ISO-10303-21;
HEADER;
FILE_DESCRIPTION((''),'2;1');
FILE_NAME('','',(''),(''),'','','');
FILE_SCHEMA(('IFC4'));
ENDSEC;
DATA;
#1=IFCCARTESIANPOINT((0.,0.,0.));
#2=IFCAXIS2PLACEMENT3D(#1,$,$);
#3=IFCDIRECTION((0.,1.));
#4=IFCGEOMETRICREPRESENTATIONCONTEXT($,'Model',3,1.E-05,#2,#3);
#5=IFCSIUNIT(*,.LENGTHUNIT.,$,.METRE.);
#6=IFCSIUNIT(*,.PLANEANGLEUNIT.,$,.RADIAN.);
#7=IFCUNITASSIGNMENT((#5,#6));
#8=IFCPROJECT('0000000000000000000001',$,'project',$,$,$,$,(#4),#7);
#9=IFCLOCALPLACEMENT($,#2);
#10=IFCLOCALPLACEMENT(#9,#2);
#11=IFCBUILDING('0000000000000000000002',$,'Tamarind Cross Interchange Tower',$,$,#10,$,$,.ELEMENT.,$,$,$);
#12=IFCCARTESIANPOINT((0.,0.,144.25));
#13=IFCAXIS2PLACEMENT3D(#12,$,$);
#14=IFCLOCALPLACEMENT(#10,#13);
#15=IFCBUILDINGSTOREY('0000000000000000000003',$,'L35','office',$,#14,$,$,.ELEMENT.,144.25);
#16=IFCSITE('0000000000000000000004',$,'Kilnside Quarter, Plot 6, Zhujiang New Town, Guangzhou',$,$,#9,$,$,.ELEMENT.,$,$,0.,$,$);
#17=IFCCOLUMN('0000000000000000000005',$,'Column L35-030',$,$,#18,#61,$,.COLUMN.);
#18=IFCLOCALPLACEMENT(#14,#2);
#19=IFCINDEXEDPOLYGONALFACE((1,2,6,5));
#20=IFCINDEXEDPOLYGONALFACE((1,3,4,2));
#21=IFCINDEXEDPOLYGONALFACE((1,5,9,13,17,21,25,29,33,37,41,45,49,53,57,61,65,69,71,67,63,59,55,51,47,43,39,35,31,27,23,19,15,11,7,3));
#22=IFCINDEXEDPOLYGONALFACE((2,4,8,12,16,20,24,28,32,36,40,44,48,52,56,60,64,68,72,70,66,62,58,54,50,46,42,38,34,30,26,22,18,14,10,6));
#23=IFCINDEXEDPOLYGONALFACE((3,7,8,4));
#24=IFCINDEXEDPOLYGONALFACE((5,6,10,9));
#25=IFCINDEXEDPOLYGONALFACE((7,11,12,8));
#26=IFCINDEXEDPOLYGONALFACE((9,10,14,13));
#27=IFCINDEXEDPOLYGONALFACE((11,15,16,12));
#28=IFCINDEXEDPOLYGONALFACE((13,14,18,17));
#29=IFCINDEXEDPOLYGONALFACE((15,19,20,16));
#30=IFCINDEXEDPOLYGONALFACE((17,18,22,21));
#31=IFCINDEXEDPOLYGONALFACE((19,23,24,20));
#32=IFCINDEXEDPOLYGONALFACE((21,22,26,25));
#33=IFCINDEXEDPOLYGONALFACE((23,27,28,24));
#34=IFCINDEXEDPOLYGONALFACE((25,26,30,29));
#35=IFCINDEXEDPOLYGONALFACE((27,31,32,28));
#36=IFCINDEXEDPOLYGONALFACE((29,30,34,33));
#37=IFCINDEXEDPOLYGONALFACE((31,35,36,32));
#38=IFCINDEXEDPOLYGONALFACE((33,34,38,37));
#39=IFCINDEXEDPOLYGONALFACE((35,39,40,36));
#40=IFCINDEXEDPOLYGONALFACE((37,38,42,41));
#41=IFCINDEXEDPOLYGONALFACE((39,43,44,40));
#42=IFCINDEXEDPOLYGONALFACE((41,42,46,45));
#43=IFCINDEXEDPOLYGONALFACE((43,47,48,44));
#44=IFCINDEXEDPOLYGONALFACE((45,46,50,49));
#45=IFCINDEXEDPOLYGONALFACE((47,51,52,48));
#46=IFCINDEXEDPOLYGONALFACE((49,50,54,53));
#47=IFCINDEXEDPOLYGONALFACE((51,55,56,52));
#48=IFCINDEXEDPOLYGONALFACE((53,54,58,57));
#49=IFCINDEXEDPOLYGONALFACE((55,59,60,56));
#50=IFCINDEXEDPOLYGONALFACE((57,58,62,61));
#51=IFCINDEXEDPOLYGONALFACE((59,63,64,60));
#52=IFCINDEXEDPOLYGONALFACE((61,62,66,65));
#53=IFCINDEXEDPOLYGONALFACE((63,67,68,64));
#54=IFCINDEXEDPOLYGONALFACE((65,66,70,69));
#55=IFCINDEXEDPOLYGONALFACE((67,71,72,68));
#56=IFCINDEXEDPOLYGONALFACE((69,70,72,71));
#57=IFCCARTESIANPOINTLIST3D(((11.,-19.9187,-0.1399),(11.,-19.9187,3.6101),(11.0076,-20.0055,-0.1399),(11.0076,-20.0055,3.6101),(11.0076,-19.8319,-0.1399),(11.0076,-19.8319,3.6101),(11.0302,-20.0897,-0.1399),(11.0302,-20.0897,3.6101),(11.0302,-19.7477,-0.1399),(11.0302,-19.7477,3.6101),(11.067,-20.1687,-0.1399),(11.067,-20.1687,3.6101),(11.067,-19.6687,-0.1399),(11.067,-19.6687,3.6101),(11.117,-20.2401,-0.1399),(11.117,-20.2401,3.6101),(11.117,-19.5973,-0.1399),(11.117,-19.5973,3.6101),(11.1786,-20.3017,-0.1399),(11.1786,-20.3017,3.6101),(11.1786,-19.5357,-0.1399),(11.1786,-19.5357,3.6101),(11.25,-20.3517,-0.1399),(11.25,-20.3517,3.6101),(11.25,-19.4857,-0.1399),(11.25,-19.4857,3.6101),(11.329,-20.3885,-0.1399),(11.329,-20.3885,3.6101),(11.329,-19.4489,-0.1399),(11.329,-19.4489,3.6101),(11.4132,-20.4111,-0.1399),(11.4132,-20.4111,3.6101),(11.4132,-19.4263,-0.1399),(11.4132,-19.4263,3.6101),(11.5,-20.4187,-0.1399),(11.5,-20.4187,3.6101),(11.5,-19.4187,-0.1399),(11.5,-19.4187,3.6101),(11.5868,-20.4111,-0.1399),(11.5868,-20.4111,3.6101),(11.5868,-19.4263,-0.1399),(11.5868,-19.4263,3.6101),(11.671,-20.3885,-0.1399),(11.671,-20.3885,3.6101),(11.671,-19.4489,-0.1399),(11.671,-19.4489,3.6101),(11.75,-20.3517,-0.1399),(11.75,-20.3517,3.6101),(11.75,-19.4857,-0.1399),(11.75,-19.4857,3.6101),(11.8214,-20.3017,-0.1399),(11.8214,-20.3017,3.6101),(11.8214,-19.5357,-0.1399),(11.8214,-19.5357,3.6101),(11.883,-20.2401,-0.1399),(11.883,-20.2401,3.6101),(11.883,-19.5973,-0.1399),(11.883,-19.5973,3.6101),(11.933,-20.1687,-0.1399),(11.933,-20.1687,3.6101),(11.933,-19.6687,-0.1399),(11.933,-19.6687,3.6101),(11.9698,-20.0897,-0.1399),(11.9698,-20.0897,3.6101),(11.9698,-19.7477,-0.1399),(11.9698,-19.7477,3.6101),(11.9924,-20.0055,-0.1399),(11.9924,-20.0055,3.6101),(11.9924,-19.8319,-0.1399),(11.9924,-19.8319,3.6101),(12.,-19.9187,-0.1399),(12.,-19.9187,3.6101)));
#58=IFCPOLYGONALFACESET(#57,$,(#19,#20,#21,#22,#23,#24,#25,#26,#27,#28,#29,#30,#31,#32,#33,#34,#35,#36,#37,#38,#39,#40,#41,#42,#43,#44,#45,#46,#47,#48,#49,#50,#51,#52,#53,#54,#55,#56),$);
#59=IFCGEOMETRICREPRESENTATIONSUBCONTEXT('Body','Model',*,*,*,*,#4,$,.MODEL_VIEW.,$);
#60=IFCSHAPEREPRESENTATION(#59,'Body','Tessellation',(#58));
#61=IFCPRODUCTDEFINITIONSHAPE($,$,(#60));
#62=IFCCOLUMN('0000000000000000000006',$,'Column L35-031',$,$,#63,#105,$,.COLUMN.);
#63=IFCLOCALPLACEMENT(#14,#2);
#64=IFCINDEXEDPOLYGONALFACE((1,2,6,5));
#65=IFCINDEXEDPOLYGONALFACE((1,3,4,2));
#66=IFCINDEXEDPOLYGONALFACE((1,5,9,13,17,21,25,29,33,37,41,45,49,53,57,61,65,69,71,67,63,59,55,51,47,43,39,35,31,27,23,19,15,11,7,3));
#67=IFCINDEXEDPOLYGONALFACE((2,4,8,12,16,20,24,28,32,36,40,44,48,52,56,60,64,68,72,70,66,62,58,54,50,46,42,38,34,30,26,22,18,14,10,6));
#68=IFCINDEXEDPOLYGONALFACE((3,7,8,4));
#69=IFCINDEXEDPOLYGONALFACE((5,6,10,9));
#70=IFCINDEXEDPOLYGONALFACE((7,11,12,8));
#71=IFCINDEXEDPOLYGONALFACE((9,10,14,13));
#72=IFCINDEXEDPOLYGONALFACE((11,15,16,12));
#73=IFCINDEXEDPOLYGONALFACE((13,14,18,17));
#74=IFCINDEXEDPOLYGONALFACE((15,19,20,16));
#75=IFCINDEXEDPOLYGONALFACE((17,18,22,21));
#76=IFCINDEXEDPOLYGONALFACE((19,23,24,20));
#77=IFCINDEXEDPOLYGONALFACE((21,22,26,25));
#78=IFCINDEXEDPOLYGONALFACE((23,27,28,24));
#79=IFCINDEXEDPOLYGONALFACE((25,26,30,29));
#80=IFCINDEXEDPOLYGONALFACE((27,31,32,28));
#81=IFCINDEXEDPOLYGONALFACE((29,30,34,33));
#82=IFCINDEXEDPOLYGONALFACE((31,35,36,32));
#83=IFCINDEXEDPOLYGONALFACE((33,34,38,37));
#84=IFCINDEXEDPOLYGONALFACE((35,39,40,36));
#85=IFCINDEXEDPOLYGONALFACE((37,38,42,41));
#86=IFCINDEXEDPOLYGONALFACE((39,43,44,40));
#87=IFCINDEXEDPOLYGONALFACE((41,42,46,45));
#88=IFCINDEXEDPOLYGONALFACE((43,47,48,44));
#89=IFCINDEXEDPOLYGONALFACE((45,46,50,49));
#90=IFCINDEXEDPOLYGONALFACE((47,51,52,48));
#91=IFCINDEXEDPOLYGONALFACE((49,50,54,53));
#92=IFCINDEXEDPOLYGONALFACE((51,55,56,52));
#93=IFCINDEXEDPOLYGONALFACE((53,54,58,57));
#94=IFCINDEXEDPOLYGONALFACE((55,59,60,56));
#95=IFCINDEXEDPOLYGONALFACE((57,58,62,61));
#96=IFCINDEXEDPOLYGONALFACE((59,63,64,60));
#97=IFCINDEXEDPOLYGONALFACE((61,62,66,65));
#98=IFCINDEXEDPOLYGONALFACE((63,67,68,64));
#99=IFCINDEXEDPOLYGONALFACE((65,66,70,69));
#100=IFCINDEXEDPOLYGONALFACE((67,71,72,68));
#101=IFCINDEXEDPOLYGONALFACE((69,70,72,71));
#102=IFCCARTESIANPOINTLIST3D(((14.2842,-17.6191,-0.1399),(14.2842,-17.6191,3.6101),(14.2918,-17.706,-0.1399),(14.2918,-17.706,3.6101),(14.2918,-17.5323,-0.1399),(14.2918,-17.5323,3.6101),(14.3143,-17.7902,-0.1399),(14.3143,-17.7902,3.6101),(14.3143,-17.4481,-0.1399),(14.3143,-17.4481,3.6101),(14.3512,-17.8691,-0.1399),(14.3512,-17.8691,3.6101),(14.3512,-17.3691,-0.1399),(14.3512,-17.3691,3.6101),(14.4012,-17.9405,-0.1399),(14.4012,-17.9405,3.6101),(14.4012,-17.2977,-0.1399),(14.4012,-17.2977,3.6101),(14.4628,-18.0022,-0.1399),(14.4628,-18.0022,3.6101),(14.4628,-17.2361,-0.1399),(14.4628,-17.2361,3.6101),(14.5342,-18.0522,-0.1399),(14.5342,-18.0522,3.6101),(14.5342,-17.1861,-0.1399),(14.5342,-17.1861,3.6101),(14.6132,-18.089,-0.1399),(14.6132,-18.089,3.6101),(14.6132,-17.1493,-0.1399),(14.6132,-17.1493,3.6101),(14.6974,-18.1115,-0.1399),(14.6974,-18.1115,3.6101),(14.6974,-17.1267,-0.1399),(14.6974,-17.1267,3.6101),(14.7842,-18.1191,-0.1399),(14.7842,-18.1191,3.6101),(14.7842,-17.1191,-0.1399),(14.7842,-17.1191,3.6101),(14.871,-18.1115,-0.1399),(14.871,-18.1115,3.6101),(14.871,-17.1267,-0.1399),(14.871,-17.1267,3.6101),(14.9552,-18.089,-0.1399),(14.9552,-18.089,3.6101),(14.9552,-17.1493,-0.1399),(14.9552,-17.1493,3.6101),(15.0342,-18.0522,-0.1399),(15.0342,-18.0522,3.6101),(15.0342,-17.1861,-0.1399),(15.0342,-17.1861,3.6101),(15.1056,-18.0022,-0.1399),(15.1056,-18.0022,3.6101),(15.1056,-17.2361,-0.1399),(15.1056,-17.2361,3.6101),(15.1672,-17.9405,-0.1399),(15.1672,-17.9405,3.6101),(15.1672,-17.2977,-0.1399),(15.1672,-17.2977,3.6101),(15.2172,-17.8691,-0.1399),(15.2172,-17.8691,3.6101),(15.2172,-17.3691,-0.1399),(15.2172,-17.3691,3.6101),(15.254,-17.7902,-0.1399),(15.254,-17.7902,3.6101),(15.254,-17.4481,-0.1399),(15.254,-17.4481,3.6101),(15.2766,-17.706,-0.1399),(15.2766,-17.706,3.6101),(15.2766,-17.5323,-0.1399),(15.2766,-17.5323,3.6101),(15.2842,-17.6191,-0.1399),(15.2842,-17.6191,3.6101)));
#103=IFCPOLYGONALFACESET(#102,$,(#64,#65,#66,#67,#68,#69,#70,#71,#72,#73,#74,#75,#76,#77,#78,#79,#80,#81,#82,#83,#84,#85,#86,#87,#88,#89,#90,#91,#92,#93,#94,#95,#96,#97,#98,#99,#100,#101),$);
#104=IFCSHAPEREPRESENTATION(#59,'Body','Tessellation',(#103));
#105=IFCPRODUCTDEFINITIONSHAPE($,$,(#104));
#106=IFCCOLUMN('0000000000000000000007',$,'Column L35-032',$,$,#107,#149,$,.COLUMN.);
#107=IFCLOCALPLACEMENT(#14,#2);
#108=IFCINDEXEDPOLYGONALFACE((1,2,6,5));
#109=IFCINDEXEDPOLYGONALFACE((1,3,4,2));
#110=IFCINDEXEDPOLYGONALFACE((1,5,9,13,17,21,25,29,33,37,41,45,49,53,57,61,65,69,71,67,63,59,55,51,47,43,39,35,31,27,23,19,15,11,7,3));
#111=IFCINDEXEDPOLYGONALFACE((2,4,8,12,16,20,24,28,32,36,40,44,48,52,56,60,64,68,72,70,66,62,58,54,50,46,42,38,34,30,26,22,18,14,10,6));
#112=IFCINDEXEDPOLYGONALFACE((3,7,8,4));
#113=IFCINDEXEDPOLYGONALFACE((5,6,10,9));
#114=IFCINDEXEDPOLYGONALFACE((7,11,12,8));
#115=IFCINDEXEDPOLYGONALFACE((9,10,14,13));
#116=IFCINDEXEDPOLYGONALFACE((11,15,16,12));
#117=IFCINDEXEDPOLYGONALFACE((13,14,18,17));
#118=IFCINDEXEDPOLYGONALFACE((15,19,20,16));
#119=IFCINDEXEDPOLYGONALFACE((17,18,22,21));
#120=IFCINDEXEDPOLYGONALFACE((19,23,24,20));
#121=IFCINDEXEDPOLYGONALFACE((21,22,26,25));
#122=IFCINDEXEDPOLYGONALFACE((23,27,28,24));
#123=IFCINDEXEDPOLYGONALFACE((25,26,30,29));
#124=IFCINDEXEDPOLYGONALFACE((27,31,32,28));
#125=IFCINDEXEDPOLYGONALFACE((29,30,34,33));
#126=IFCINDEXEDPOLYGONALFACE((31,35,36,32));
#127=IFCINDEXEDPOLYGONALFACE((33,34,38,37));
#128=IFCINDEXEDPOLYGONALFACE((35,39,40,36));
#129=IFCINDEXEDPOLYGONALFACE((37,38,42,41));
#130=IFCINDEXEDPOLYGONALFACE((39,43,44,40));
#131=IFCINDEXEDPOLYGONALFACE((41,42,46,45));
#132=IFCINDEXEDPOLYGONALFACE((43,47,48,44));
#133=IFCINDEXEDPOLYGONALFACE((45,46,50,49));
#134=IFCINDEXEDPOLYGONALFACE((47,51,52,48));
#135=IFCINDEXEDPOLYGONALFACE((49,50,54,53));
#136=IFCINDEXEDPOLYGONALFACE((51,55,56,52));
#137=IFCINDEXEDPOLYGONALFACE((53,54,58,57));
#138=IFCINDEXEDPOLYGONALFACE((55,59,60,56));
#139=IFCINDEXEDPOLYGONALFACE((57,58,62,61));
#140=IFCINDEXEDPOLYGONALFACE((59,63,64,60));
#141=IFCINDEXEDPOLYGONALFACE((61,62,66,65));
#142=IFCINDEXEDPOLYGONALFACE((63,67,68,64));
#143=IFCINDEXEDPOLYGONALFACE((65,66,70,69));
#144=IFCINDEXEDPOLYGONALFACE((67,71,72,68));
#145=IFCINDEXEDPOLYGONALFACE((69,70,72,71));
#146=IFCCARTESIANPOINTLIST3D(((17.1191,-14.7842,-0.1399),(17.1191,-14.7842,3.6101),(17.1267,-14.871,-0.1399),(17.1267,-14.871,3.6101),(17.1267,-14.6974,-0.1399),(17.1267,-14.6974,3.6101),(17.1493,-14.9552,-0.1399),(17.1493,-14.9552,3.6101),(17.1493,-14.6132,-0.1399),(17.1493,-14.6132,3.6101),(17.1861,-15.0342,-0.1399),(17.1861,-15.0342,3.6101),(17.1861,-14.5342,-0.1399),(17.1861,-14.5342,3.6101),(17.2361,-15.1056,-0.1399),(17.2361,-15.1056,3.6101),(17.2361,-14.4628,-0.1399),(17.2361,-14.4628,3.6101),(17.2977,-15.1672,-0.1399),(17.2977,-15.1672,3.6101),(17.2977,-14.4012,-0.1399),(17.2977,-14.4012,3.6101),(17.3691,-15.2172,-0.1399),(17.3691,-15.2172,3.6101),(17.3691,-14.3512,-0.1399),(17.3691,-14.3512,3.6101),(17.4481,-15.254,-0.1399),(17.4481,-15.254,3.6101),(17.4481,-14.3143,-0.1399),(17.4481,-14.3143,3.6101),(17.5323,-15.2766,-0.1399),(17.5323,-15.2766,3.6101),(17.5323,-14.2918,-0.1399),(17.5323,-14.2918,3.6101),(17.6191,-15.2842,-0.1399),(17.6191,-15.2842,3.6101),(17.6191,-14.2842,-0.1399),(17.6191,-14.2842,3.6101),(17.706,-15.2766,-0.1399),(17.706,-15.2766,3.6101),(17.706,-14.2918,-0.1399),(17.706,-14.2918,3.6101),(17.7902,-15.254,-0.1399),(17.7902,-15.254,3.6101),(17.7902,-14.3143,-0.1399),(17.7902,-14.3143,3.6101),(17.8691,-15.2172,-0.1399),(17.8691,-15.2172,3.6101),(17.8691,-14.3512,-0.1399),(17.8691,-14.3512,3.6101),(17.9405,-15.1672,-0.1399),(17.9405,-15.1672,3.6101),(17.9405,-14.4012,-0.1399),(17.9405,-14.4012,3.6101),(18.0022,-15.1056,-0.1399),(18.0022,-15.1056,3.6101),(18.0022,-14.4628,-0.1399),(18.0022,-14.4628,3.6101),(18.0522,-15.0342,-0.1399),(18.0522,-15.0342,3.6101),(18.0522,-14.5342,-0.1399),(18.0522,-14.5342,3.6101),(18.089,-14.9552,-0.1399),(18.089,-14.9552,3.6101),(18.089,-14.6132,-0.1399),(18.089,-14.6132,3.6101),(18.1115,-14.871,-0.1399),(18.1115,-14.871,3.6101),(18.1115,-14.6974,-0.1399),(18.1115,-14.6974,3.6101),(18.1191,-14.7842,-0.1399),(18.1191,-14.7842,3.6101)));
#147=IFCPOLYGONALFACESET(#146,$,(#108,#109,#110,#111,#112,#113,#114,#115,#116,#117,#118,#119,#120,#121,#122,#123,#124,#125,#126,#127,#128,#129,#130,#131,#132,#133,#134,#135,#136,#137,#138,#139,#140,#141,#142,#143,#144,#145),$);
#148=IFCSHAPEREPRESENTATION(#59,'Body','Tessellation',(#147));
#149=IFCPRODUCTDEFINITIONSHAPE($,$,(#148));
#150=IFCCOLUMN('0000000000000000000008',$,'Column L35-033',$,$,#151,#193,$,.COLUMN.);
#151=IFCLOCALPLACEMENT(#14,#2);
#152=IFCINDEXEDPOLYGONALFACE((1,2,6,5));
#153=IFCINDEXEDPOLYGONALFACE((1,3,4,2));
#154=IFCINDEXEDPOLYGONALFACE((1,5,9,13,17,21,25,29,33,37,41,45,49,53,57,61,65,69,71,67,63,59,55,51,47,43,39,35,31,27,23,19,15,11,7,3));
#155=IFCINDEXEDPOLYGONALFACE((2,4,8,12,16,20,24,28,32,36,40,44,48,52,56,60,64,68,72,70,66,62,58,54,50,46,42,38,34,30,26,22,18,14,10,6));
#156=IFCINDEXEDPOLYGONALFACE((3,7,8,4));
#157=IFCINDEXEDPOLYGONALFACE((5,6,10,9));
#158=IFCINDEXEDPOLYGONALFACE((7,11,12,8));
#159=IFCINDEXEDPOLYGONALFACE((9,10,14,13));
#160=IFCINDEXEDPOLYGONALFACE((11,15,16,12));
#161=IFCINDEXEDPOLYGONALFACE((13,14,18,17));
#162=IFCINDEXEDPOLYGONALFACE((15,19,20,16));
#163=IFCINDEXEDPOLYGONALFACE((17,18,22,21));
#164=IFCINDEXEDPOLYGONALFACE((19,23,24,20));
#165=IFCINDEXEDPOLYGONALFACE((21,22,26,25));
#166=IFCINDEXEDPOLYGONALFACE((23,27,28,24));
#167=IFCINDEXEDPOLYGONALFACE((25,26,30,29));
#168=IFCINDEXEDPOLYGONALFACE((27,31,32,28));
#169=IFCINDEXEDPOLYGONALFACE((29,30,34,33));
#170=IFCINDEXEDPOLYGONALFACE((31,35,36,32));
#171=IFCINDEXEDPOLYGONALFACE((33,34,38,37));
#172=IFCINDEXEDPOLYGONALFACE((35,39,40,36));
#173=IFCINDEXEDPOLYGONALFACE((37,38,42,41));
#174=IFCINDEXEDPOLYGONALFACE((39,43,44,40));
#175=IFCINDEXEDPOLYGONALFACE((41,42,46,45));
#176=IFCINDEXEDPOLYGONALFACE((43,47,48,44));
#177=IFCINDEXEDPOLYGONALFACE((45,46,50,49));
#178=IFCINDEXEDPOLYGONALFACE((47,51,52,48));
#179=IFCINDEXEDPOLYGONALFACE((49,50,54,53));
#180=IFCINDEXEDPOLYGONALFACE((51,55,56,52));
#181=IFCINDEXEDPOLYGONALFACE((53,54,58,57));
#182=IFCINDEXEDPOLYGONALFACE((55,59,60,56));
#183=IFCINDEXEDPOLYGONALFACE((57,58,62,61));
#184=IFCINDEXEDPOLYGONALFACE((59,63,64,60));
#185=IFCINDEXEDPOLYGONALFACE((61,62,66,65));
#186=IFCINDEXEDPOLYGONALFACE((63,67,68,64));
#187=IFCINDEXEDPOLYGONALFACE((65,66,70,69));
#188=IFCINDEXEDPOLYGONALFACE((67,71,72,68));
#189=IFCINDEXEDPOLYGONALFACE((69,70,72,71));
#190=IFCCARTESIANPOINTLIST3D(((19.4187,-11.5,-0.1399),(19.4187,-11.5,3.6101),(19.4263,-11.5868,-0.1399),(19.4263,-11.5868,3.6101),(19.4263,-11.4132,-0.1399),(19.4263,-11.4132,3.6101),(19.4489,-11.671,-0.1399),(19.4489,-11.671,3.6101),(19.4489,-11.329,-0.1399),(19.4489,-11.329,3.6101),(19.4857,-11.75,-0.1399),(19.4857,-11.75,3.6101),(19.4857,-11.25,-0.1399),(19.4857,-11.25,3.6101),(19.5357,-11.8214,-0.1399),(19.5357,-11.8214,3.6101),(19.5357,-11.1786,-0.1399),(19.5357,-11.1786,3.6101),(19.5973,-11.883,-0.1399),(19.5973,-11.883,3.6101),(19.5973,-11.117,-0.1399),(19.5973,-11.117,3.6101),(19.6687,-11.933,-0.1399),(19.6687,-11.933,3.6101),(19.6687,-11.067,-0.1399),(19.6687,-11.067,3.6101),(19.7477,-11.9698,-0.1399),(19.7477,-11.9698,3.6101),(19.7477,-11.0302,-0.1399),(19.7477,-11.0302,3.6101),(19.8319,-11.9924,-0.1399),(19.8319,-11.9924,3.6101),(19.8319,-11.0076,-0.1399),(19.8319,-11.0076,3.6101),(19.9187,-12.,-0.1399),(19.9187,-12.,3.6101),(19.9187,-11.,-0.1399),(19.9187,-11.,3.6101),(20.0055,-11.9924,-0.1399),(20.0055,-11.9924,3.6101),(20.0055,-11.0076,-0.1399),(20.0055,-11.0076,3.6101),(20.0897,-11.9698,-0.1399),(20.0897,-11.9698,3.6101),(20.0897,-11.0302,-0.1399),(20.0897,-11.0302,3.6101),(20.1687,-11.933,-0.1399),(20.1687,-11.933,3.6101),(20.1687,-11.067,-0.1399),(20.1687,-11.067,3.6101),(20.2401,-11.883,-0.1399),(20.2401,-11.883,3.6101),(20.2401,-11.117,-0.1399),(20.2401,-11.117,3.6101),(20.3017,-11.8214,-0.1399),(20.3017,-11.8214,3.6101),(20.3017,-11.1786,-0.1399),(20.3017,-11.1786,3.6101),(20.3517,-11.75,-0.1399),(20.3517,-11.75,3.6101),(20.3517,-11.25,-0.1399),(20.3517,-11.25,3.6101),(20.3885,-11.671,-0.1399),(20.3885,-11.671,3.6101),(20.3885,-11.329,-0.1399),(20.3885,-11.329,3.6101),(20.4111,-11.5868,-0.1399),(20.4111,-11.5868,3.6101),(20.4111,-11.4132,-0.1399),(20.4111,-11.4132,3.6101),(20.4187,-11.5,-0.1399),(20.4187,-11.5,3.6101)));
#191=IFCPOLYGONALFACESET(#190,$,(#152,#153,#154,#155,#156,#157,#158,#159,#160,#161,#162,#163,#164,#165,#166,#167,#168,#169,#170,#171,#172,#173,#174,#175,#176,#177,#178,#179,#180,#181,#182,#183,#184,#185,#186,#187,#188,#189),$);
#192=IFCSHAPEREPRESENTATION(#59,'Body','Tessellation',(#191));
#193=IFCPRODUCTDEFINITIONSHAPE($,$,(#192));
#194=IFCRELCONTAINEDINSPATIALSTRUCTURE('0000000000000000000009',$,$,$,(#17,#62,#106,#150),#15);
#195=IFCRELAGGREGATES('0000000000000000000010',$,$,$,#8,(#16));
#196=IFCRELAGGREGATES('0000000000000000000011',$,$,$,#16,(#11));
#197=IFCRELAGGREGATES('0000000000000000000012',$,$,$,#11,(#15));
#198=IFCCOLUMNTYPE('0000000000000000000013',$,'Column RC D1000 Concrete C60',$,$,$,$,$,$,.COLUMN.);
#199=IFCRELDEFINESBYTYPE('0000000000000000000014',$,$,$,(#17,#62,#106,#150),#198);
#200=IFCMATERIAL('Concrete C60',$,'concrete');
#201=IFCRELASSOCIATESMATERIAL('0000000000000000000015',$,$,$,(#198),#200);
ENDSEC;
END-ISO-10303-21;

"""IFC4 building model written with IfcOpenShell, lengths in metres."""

from ifc_helpers import new_model, si_unit, direction, frame, origin, origin_2d, place, context, subcontext, project, spatial, circle, extrude, material, material_profile, profile_set, type_object, element, save


model = new_model("IFC4")

# Units and contexts
model_context = context("Model", 3, precision=1e-05, world=origin(), true_north=direction((0.0, 1.0)))
body_context = subcontext(model_context, "Body", "Model", "MODEL_VIEW")
ifc_project = project(units=[si_unit("LENGTHUNIT", "METRE"), si_unit("PLANEANGLEUNIT", "RADIAN")], contexts=[model_context])

# Site, building, storey
site_placement = place(None, origin())
site = spatial("IfcSite", under=ifc_project, at=site_placement, Name="Kilnside Quarter, Plot 6, Zhujiang New Town, Guangzhou", CompositionType="ELEMENT", RefElevation=0.0)
building_placement = place(site_placement, origin())
building = spatial("IfcBuilding", under=site, at=building_placement, Name="Tamarind Cross Interchange Tower", CompositionType="ELEMENT")
storey_placement = place(building_placement, frame((0.0, 0.0, 144.25)))
storey = spatial("IfcBuildingStorey", under=building, at=storey_placement, Name="L35", Description="office", CompositionType="ELEMENT", Elevation=144.25)

# Columns
ifc_material_1 = material(Name="Concrete C60", Category="concrete")
ifc_material_profile_1 = material_profile(ifc_material_1, circle(Radius=0.5, at=origin_2d()), Name="RC D1000")
ifc_profile_set_1 = profile_set([ifc_material_profile_1], Name="Concrete C60")
column_type = type_object("IfcColumnType", Name="Column RC D1000 Concrete C60", PredefinedType="COLUMN", material=ifc_profile_set_1)
for number, where, z_axis, x_axis, name in (
    (1, (11.5, -19.9187, -0.1399), (0.0, 0.0, 1.0), (1.0, 0.0, 0.0), "Column L35-030"),
    (2, (14.7842, -17.6191, -0.1399), (0.0, 0.0, 1.0), (1.0, 0.0, 0.0), "Column L35-031"),
    (3, (17.6191, -14.7842, -0.1399), (0.0, 0.0, 1.0), (1.0, 0.0, 0.0), "Column L35-032"),
    (4, (19.9187, -11.5, -0.1399), (0.0, 0.0, 1.0), (1.0, 0.0, 0.0), "Column L35-033"),
):
    element("IfcColumn", number, at=place(storey_placement, frame(where, z_axis=z_axis, x_axis=x_axis)), inside=storey, type_object=column_type, Name=name, PredefinedType="COLUMN", context=body_context, shape_type="SweptSolid", body=[
        extrude(circle(Radius=0.5, at=origin_2d()), origin(), (0.0, 0.0, 1.0), 3.75),
    ])

save(model, "model.ifc")
